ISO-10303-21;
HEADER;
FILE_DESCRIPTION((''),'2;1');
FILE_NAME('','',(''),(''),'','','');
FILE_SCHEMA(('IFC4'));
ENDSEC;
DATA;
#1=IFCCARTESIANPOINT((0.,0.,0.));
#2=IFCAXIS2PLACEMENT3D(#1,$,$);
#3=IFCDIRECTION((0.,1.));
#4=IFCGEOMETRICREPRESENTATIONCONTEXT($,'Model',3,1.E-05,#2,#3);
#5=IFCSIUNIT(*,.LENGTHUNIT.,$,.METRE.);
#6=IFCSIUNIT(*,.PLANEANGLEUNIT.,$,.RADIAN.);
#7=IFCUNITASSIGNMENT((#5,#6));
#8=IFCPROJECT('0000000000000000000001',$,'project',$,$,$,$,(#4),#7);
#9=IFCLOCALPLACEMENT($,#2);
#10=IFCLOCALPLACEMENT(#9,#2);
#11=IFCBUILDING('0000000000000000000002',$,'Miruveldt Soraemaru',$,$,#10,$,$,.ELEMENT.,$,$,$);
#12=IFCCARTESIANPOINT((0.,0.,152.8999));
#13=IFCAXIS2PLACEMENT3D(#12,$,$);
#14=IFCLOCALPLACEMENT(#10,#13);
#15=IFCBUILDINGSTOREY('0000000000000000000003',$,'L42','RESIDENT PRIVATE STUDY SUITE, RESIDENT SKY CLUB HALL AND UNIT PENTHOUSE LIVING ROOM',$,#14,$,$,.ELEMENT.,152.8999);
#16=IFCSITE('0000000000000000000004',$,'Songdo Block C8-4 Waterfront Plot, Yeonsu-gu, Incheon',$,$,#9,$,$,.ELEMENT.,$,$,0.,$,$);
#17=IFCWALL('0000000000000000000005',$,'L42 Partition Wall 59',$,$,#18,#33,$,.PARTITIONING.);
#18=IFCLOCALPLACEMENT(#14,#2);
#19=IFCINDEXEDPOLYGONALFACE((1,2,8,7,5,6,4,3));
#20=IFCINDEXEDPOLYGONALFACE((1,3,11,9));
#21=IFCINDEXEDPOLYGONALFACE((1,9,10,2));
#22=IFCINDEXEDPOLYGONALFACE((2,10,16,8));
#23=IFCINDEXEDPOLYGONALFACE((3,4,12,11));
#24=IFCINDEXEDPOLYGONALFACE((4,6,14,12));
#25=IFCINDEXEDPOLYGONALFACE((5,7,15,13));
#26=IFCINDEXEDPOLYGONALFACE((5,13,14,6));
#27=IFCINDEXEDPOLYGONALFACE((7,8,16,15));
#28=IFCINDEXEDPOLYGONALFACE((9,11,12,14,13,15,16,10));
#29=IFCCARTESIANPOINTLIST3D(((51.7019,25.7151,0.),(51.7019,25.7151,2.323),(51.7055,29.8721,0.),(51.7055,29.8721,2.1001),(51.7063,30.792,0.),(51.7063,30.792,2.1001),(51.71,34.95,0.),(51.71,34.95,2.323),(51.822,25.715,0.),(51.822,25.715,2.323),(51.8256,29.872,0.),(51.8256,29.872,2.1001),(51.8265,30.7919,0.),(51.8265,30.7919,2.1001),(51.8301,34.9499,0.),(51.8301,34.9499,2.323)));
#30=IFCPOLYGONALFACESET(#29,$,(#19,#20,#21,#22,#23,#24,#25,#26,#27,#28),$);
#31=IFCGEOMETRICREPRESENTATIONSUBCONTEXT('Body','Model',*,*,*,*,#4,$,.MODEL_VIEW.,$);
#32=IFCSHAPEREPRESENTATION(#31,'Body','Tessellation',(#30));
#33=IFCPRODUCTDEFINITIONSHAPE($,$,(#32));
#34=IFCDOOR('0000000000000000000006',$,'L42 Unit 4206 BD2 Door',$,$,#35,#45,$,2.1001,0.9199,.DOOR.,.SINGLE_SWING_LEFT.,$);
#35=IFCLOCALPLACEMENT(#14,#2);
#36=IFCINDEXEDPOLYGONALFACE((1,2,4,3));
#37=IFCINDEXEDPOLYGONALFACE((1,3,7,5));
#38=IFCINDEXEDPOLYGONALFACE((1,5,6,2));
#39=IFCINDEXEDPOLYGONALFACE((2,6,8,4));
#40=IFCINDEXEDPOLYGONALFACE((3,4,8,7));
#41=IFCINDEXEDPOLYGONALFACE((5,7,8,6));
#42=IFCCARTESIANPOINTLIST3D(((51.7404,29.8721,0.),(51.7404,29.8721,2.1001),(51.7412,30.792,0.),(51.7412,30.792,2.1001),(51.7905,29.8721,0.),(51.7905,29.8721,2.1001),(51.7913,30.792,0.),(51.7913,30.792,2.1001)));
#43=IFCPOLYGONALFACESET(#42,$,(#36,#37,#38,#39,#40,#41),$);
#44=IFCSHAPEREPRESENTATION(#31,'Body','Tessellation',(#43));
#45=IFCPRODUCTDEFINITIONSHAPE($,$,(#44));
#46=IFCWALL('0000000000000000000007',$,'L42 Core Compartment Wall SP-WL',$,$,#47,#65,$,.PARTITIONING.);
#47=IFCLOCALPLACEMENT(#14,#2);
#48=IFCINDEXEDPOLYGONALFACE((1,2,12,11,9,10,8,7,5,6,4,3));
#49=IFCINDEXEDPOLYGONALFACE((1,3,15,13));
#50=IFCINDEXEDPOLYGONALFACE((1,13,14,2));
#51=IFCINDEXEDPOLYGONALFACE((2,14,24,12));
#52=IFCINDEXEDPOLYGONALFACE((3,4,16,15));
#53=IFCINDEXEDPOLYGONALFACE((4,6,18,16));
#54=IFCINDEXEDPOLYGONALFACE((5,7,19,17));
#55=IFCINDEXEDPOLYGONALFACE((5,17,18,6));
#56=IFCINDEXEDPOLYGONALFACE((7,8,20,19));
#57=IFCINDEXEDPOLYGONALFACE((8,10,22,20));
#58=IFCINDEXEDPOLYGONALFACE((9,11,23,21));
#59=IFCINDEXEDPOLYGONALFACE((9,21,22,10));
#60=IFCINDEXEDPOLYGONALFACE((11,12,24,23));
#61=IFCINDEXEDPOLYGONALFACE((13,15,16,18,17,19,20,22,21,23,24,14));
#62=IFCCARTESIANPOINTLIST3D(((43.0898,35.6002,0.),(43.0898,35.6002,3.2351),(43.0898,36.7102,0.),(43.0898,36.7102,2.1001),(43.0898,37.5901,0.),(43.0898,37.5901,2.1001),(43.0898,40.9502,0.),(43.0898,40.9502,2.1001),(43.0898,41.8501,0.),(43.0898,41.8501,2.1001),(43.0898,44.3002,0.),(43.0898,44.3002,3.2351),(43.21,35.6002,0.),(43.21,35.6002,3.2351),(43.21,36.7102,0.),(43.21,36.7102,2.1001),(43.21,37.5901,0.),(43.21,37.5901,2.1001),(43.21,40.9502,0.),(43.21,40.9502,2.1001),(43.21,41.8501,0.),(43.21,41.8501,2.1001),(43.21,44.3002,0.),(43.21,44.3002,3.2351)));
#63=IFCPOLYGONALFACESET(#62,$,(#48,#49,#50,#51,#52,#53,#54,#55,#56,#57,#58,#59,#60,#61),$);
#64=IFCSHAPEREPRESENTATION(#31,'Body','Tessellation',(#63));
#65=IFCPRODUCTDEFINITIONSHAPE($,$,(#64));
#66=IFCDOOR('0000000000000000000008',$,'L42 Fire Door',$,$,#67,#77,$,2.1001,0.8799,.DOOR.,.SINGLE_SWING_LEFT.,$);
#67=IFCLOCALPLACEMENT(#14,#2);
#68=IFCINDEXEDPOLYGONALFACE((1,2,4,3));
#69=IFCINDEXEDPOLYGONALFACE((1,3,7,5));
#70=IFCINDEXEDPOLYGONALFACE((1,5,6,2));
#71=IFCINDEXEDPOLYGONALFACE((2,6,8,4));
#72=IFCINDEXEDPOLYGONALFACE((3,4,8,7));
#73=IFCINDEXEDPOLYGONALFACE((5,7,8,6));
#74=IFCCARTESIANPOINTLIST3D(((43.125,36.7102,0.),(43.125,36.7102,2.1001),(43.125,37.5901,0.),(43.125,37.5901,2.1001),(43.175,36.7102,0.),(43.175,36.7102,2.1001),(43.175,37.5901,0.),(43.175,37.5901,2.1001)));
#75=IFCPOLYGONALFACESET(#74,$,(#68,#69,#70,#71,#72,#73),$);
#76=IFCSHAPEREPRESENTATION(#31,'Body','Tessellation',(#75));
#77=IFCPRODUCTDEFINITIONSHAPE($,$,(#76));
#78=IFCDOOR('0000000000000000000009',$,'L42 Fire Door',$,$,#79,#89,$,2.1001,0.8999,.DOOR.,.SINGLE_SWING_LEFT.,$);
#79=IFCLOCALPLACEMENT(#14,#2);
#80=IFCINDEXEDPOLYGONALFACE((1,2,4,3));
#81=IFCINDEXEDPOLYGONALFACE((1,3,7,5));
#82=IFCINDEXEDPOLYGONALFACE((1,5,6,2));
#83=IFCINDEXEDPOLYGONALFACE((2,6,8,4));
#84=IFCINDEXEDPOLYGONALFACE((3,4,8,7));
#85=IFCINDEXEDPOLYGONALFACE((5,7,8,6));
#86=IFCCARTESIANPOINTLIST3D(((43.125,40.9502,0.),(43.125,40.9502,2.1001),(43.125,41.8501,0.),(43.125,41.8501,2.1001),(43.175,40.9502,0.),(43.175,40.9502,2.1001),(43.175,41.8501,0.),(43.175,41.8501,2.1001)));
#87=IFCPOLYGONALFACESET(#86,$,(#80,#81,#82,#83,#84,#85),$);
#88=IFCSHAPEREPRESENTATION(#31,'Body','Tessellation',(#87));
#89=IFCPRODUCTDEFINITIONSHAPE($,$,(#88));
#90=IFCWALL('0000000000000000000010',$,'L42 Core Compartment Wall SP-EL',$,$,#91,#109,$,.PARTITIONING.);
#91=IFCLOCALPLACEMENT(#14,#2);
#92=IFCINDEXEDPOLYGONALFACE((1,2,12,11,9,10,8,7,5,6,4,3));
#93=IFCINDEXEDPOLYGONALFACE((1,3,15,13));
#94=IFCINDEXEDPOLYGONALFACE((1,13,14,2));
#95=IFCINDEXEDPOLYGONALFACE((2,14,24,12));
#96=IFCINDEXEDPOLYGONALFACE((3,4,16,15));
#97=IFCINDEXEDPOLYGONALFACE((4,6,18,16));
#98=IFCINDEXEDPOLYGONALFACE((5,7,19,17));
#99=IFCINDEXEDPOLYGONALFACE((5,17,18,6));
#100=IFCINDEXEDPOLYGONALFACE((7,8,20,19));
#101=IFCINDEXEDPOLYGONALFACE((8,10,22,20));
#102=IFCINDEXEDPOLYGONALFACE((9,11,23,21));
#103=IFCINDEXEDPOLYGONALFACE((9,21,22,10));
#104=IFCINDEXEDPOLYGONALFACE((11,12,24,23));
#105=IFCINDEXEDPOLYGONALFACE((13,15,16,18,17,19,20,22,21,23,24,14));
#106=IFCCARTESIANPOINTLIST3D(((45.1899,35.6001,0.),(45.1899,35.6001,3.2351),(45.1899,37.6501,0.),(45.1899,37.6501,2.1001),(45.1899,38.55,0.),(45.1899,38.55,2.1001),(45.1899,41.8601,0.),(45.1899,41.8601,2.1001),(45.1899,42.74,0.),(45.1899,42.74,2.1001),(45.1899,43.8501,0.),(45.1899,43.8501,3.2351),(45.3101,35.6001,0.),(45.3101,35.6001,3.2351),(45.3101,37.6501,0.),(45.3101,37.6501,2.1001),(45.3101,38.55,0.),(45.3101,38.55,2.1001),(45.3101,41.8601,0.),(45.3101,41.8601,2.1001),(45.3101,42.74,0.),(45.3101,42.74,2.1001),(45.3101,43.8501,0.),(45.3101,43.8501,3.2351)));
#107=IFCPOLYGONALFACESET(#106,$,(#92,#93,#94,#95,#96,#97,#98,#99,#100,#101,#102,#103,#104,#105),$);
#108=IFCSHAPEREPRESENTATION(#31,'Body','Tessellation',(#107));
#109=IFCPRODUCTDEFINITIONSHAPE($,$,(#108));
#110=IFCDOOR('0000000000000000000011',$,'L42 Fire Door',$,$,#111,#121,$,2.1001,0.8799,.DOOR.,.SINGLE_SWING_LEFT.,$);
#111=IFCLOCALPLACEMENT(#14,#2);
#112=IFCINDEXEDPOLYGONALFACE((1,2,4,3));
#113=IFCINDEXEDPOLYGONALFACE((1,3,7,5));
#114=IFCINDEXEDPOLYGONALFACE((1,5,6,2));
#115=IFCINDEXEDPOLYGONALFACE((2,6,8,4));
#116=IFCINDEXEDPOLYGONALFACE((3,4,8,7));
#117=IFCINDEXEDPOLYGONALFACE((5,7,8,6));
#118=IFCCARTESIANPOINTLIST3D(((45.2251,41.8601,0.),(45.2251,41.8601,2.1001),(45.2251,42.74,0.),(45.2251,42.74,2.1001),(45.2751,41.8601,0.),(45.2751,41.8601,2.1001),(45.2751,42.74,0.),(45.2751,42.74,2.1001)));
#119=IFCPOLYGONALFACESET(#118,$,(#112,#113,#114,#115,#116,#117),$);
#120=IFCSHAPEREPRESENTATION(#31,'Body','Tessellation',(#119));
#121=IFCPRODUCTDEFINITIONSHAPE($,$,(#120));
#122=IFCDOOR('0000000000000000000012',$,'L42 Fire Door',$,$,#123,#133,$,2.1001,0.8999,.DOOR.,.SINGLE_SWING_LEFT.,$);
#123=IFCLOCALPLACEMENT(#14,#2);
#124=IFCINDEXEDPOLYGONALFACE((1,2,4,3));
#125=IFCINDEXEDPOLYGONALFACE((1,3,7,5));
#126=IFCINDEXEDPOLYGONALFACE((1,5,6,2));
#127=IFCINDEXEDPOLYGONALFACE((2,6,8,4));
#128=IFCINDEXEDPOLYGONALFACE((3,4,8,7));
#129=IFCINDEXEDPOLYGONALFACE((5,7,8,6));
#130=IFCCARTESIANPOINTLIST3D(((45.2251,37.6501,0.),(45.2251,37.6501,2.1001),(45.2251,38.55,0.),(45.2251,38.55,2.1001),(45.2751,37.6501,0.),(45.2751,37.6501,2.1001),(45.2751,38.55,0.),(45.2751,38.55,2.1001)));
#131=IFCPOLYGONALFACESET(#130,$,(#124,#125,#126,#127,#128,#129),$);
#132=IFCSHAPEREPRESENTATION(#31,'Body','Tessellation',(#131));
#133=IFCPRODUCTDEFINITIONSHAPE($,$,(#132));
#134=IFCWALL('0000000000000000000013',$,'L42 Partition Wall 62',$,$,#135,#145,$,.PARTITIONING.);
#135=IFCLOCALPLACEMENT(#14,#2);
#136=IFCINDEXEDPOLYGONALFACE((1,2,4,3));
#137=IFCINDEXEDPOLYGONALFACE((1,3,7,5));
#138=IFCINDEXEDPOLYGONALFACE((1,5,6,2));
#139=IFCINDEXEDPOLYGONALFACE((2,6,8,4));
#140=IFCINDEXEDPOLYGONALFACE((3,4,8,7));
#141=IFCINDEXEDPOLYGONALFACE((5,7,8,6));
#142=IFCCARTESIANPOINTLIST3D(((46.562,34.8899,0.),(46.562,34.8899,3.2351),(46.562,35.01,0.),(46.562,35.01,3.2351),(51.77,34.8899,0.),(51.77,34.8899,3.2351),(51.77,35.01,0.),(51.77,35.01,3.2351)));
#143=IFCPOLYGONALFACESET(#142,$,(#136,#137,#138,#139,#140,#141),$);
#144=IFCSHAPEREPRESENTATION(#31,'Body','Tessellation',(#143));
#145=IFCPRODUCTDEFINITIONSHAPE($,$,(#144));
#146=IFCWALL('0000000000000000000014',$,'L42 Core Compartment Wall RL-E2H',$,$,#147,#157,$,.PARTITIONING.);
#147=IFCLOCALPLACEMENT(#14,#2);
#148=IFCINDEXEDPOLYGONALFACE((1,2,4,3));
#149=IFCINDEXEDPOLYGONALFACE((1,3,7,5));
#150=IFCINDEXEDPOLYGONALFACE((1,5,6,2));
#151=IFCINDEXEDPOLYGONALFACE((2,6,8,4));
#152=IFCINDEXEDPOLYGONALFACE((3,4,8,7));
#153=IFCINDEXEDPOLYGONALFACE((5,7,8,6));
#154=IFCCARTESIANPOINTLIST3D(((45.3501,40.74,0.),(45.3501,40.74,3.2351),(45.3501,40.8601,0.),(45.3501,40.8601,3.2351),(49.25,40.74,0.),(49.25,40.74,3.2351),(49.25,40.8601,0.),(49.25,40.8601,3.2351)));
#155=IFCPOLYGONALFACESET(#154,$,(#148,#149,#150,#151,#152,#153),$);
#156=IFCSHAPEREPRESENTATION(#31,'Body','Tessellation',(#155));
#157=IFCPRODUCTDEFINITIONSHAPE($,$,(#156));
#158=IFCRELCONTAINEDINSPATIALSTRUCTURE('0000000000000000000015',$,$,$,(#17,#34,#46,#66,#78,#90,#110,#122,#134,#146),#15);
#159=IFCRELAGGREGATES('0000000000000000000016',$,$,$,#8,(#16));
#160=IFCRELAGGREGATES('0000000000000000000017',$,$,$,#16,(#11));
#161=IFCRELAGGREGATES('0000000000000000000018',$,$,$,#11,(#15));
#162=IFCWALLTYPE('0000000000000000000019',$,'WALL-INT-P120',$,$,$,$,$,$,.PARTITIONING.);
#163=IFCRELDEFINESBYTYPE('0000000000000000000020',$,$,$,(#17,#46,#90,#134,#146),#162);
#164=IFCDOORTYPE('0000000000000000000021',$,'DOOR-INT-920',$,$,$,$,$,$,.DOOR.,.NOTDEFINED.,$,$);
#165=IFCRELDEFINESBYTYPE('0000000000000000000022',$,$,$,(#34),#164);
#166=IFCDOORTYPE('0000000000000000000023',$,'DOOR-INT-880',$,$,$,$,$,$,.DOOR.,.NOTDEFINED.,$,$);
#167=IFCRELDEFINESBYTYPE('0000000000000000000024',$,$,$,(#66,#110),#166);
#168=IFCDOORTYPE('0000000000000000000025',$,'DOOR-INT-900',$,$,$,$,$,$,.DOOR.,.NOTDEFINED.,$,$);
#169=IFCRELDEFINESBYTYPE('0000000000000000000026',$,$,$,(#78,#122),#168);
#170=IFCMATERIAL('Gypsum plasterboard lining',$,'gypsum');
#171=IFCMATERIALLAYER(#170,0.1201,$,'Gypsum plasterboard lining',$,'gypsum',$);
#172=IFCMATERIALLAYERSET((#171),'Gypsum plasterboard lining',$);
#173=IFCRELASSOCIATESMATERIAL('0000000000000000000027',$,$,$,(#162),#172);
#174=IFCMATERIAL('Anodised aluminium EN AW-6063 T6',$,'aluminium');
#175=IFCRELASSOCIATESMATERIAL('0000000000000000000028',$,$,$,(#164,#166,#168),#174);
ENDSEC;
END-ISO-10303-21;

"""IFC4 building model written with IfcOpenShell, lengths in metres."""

from ifc_helpers import new_model, si_unit, direction, frame, frame_2d, origin, place, context, subcontext, project, spatial, rectangle, extrude, material, layer, layer_set, type_object, element, fill, save


model = new_model("IFC4")

# Units and contexts
model_context = context("Model", 3, precision=1e-05, world=origin(), true_north=direction((0.0, 1.0)))
body_context = subcontext(model_context, "Body", "Model", "MODEL_VIEW")
ifc_project = project(units=[si_unit("LENGTHUNIT", "METRE"), si_unit("PLANEANGLEUNIT", "RADIAN")], contexts=[model_context])

# Site, building, storey
site_placement = place(None, origin())
site = spatial("IfcSite", under=ifc_project, at=site_placement, Name="Songdo Block C8-4 Waterfront Plot, Yeonsu-gu, Incheon", CompositionType="ELEMENT", RefElevation=0.0)
building_placement = place(site_placement, origin())
building = spatial("IfcBuilding", under=site, at=building_placement, Name="Miruveldt Soraemaru", CompositionType="ELEMENT")
storey_placement = place(building_placement, frame((0.0, 0.0, 152.8999)))
storey = spatial("IfcBuildingStorey", under=building, at=storey_placement, Name="L42", Description="RESIDENT PRIVATE STUDY SUITE, RESIDENT SKY CLUB HALL AND UNIT PENTHOUSE LIVING ROOM", CompositionType="ELEMENT", Elevation=152.8999)

# Wall, opening, door
ifc_material_1 = material(Name="Gypsum plasterboard lining", Category="gypsum")
ifc_layer_1 = layer(ifc_material_1, 0.1201, Name="Gypsum plasterboard lining", Category="gypsum")
ifc_layer_set_1 = layer_set([ifc_layer_1], Name="Gypsum plasterboard lining")
wall_type_1 = type_object("IfcWallType", Name="WALL-INT-P120", PredefinedType="PARTITIONING", material=ifc_layer_set_1)
wall_1_placement = place(storey_placement, frame((51.77, 34.95, 0.0), z_axis=(0.0, 0.0, 1.0), x_axis=(-0.000872, -1.0, 0.0)))
wall_1 = element("IfcWall", 1, at=wall_1_placement, inside=storey, type_object=wall_type_1, Name="L42 Partition Wall 59", PredefinedType="PARTITIONING", context=body_context, shape_type="SweptSolid", body=[
    extrude(rectangle(XDim=9.2349, YDim=0.1201, at=frame_2d((4.6174, 0.0))), origin(), (0.0, 0.0, 1.0), 2.323),
])
opening_1_placement = place(wall_1_placement, frame((4.158, 0.0, 0.0)))
opening_1 = element("IfcOpeningElement", 2, at=opening_1_placement, cuts=wall_1, PredefinedType="OPENING", context=body_context, shape_type="SweptSolid", body=[
    extrude(rectangle(XDim=0.9199, YDim=2.1001, at=frame_2d((0.46, 1.05))), frame((0.0, 0.0701, 0.0), z_axis=(0.0, -1.0, 0.0), x_axis=(1.0, 0.0, 0.0)), (0.0, 0.0, 1.0), 0.1401),
])
ifc_material_2 = material(Name="Anodised aluminium EN AW-6063 T6", Category="aluminium")
door_type_1 = type_object("IfcDoorType", Name="DOOR-INT-920", OperationType="NOTDEFINED", PredefinedType="DOOR", material=ifc_material_2)
door_1_placement = place(opening_1_placement, origin())
door_1 = element("IfcDoor", 3, at=door_1_placement, inside=storey, type_object=door_type_1, Name="L42 Unit 4206 BD2 Door", OperationType="SINGLE_SWING_LEFT", OverallHeight=2.1001, OverallWidth=0.9199, PredefinedType="DOOR", context=body_context, shape_type="SweptSolid", body=[
    extrude(rectangle(XDim=0.9199, YDim=2.1001, at=frame_2d((0.46, 1.05))), frame((0.0, 0.0249, 0.0), z_axis=(0.0, -1.0, 0.0), x_axis=(1.0, 0.0, 0.0)), (0.0, 0.0, 1.0), 0.05),
])
fill(opening_1, door_1)

# Walls, openings, doors
wall_2_placement = place(storey_placement, frame((43.1499, 35.6001, 0.0), z_axis=(0.0, 0.0, 1.0), x_axis=(0.0, 1.0, 0.0)))
wall_2 = element("IfcWall", 4, at=wall_2_placement, inside=storey, type_object=wall_type_1, Name="L42 Core Compartment Wall SP-WL", PredefinedType="PARTITIONING", context=body_context, shape_type="SweptSolid", body=[
    extrude(rectangle(XDim=8.7, YDim=0.1201, at=frame_2d((4.3501, 0.0))), origin(), (0.0, 0.0, 1.0), 3.2351),
])
opening_2_placement = place(wall_2_placement, frame((1.1101, 0.0, 0.0)))
opening_2 = element("IfcOpeningElement", 5, at=opening_2_placement, cuts=wall_2, PredefinedType="OPENING", context=body_context, shape_type="SweptSolid", body=[
    extrude(rectangle(XDim=0.8799, YDim=2.1001, at=frame_2d((0.4399, 1.05))), frame((0.0, 0.0701, 0.0), z_axis=(0.0, -1.0, 0.0), x_axis=(1.0, 0.0, 0.0)), (0.0, 0.0, 1.0), 0.1401),
])
opening_3_placement = place(wall_2_placement, frame((5.3501, 0.0, 0.0)))
opening_3 = element("IfcOpeningElement", 6, at=opening_3_placement, cuts=wall_2, PredefinedType="OPENING", context=body_context, shape_type="SweptSolid", body=[
    extrude(rectangle(XDim=0.8999, YDim=2.1001, at=frame_2d((0.45, 1.05))), frame((0.0, 0.0701, 0.0), z_axis=(0.0, -1.0, 0.0), x_axis=(1.0, 0.0, 0.0)), (0.0, 0.0, 1.0), 0.1401),
])
door_type_2 = type_object("IfcDoorType", Name="DOOR-INT-880", OperationType="NOTDEFINED", PredefinedType="DOOR", material=ifc_material_2)
door_2_placement = place(opening_2_placement, origin())
door_2 = element("IfcDoor", 7, at=door_2_placement, inside=storey, type_object=door_type_2, Name="L42 Fire Door", OperationType="SINGLE_SWING_LEFT", OverallHeight=2.1001, OverallWidth=0.8799, PredefinedType="DOOR", context=body_context, shape_type="SweptSolid", body=[
    extrude(rectangle(XDim=0.8799, YDim=2.1001, at=frame_2d((0.4399, 1.05))), frame((0.0, 0.0249, 0.0), z_axis=(0.0, -1.0, 0.0), x_axis=(1.0, 0.0, 0.0)), (0.0, 0.0, 1.0), 0.05),
])
fill(opening_2, door_2)
door_type_3 = type_object("IfcDoorType", Name="DOOR-INT-900", OperationType="NOTDEFINED", PredefinedType="DOOR", material=ifc_material_2)
door_3_placement = place(opening_3_placement, origin())
door_3 = element("IfcDoor", 8, at=door_3_placement, inside=storey, type_object=door_type_3, Name="L42 Fire Door", OperationType="SINGLE_SWING_LEFT", OverallHeight=2.1001, OverallWidth=0.8999, PredefinedType="DOOR", context=body_context, shape_type="SweptSolid", body=[
    extrude(rectangle(XDim=0.8999, YDim=2.1001, at=frame_2d((0.45, 1.05))), frame((0.0, 0.0249, 0.0), z_axis=(0.0, -1.0, 0.0), x_axis=(1.0, 0.0, 0.0)), (0.0, 0.0, 1.0), 0.05),
])
fill(opening_3, door_3)
wall_3_placement = place(storey_placement, frame((45.25, 35.6001, 0.0), z_axis=(0.0, 0.0, 1.0), x_axis=(0.0, 1.0, 0.0)))
wall_3 = element("IfcWall", 9, at=wall_3_placement, inside=storey, type_object=wall_type_1, Name="L42 Core Compartment Wall SP-EL", PredefinedType="PARTITIONING", context=body_context, shape_type="SweptSolid", body=[
    extrude(rectangle(XDim=8.25, YDim=0.1201, at=frame_2d((4.125, 0.0))), origin(), (0.0, 0.0, 1.0), 3.2351),
])
opening_4_placement = place(wall_3_placement, frame((2.05, 0.0, 0.0)))
opening_4 = element("IfcOpeningElement", 10, at=opening_4_placement, cuts=wall_3, PredefinedType="OPENING", context=body_context, shape_type="SweptSolid", body=[
    extrude(rectangle(XDim=0.8999, YDim=2.1001, at=frame_2d((0.45, 1.05))), frame((0.0, 0.0701, 0.0), z_axis=(0.0, -1.0, 0.0), x_axis=(1.0, 0.0, 0.0)), (0.0, 0.0, 1.0), 0.1401),
])
opening_5_placement = place(wall_3_placement, frame((6.26, 0.0, 0.0)))
opening_5 = element("IfcOpeningElement", 11, at=opening_5_placement, cuts=wall_3, PredefinedType="OPENING", context=body_context, shape_type="SweptSolid", body=[
    extrude(rectangle(XDim=0.8799, YDim=2.1001, at=frame_2d((0.4399, 1.05))), frame((0.0, 0.0701, 0.0), z_axis=(0.0, -1.0, 0.0), x_axis=(1.0, 0.0, 0.0)), (0.0, 0.0, 1.0), 0.1401),
])
door_4_placement = place(opening_5_placement, origin())
door_4 = element("IfcDoor", 12, at=door_4_placement, inside=storey, type_object=door_type_2, Name="L42 Fire Door", OperationType="SINGLE_SWING_LEFT", OverallHeight=2.1001, OverallWidth=0.8799, PredefinedType="DOOR", context=body_context, shape_type="SweptSolid", body=[
    extrude(rectangle(XDim=0.8799, YDim=2.1001, at=frame_2d((0.4399, 1.05))), frame((0.0, 0.0249, 0.0), z_axis=(0.0, -1.0, 0.0), x_axis=(1.0, 0.0, 0.0)), (0.0, 0.0, 1.0), 0.05),
])
fill(opening_5, door_4)
door_5_placement = place(opening_4_placement, origin())
door_5 = element("IfcDoor", 13, at=door_5_placement, inside=storey, type_object=door_type_3, Name="L42 Fire Door", OperationType="SINGLE_SWING_LEFT", OverallHeight=2.1001, OverallWidth=0.8999, PredefinedType="DOOR", context=body_context, shape_type="SweptSolid", body=[
    extrude(rectangle(XDim=0.8999, YDim=2.1001, at=frame_2d((0.45, 1.05))), frame((0.0, 0.0249, 0.0), z_axis=(0.0, -1.0, 0.0), x_axis=(1.0, 0.0, 0.0)), (0.0, 0.0, 1.0), 0.05),
])
fill(opening_4, door_5)

# Walls
wall_4_placement = place(storey_placement, frame((46.562, 34.95, 0.0), z_axis=(0.0, 0.0, 1.0), x_axis=(1.0, 0.0, 0.0)))
element("IfcWall", 14, at=wall_4_placement, inside=storey, type_object=wall_type_1, Name="L42 Partition Wall 62", PredefinedType="PARTITIONING", context=body_context, shape_type="SweptSolid", body=[
    extrude(rectangle(XDim=5.208, YDim=0.1201, at=frame_2d((2.604, 0.0))), origin(), (0.0, 0.0, 1.0), 3.2351),
])
wall_5_placement = place(storey_placement, frame((45.3501, 40.8, 0.0), z_axis=(0.0, 0.0, 1.0), x_axis=(1.0, 0.0, 0.0)))
element("IfcWall", 15, at=wall_5_placement, inside=storey, type_object=wall_type_1, Name="L42 Core Compartment Wall RL-E2H", PredefinedType="PARTITIONING", context=body_context, shape_type="SweptSolid", body=[
    extrude(rectangle(XDim=3.8999, YDim=0.1201, at=frame_2d((1.95, 0.0))), origin(), (0.0, 0.0, 1.0), 3.2351),
])

save(model, "model.ifc")
